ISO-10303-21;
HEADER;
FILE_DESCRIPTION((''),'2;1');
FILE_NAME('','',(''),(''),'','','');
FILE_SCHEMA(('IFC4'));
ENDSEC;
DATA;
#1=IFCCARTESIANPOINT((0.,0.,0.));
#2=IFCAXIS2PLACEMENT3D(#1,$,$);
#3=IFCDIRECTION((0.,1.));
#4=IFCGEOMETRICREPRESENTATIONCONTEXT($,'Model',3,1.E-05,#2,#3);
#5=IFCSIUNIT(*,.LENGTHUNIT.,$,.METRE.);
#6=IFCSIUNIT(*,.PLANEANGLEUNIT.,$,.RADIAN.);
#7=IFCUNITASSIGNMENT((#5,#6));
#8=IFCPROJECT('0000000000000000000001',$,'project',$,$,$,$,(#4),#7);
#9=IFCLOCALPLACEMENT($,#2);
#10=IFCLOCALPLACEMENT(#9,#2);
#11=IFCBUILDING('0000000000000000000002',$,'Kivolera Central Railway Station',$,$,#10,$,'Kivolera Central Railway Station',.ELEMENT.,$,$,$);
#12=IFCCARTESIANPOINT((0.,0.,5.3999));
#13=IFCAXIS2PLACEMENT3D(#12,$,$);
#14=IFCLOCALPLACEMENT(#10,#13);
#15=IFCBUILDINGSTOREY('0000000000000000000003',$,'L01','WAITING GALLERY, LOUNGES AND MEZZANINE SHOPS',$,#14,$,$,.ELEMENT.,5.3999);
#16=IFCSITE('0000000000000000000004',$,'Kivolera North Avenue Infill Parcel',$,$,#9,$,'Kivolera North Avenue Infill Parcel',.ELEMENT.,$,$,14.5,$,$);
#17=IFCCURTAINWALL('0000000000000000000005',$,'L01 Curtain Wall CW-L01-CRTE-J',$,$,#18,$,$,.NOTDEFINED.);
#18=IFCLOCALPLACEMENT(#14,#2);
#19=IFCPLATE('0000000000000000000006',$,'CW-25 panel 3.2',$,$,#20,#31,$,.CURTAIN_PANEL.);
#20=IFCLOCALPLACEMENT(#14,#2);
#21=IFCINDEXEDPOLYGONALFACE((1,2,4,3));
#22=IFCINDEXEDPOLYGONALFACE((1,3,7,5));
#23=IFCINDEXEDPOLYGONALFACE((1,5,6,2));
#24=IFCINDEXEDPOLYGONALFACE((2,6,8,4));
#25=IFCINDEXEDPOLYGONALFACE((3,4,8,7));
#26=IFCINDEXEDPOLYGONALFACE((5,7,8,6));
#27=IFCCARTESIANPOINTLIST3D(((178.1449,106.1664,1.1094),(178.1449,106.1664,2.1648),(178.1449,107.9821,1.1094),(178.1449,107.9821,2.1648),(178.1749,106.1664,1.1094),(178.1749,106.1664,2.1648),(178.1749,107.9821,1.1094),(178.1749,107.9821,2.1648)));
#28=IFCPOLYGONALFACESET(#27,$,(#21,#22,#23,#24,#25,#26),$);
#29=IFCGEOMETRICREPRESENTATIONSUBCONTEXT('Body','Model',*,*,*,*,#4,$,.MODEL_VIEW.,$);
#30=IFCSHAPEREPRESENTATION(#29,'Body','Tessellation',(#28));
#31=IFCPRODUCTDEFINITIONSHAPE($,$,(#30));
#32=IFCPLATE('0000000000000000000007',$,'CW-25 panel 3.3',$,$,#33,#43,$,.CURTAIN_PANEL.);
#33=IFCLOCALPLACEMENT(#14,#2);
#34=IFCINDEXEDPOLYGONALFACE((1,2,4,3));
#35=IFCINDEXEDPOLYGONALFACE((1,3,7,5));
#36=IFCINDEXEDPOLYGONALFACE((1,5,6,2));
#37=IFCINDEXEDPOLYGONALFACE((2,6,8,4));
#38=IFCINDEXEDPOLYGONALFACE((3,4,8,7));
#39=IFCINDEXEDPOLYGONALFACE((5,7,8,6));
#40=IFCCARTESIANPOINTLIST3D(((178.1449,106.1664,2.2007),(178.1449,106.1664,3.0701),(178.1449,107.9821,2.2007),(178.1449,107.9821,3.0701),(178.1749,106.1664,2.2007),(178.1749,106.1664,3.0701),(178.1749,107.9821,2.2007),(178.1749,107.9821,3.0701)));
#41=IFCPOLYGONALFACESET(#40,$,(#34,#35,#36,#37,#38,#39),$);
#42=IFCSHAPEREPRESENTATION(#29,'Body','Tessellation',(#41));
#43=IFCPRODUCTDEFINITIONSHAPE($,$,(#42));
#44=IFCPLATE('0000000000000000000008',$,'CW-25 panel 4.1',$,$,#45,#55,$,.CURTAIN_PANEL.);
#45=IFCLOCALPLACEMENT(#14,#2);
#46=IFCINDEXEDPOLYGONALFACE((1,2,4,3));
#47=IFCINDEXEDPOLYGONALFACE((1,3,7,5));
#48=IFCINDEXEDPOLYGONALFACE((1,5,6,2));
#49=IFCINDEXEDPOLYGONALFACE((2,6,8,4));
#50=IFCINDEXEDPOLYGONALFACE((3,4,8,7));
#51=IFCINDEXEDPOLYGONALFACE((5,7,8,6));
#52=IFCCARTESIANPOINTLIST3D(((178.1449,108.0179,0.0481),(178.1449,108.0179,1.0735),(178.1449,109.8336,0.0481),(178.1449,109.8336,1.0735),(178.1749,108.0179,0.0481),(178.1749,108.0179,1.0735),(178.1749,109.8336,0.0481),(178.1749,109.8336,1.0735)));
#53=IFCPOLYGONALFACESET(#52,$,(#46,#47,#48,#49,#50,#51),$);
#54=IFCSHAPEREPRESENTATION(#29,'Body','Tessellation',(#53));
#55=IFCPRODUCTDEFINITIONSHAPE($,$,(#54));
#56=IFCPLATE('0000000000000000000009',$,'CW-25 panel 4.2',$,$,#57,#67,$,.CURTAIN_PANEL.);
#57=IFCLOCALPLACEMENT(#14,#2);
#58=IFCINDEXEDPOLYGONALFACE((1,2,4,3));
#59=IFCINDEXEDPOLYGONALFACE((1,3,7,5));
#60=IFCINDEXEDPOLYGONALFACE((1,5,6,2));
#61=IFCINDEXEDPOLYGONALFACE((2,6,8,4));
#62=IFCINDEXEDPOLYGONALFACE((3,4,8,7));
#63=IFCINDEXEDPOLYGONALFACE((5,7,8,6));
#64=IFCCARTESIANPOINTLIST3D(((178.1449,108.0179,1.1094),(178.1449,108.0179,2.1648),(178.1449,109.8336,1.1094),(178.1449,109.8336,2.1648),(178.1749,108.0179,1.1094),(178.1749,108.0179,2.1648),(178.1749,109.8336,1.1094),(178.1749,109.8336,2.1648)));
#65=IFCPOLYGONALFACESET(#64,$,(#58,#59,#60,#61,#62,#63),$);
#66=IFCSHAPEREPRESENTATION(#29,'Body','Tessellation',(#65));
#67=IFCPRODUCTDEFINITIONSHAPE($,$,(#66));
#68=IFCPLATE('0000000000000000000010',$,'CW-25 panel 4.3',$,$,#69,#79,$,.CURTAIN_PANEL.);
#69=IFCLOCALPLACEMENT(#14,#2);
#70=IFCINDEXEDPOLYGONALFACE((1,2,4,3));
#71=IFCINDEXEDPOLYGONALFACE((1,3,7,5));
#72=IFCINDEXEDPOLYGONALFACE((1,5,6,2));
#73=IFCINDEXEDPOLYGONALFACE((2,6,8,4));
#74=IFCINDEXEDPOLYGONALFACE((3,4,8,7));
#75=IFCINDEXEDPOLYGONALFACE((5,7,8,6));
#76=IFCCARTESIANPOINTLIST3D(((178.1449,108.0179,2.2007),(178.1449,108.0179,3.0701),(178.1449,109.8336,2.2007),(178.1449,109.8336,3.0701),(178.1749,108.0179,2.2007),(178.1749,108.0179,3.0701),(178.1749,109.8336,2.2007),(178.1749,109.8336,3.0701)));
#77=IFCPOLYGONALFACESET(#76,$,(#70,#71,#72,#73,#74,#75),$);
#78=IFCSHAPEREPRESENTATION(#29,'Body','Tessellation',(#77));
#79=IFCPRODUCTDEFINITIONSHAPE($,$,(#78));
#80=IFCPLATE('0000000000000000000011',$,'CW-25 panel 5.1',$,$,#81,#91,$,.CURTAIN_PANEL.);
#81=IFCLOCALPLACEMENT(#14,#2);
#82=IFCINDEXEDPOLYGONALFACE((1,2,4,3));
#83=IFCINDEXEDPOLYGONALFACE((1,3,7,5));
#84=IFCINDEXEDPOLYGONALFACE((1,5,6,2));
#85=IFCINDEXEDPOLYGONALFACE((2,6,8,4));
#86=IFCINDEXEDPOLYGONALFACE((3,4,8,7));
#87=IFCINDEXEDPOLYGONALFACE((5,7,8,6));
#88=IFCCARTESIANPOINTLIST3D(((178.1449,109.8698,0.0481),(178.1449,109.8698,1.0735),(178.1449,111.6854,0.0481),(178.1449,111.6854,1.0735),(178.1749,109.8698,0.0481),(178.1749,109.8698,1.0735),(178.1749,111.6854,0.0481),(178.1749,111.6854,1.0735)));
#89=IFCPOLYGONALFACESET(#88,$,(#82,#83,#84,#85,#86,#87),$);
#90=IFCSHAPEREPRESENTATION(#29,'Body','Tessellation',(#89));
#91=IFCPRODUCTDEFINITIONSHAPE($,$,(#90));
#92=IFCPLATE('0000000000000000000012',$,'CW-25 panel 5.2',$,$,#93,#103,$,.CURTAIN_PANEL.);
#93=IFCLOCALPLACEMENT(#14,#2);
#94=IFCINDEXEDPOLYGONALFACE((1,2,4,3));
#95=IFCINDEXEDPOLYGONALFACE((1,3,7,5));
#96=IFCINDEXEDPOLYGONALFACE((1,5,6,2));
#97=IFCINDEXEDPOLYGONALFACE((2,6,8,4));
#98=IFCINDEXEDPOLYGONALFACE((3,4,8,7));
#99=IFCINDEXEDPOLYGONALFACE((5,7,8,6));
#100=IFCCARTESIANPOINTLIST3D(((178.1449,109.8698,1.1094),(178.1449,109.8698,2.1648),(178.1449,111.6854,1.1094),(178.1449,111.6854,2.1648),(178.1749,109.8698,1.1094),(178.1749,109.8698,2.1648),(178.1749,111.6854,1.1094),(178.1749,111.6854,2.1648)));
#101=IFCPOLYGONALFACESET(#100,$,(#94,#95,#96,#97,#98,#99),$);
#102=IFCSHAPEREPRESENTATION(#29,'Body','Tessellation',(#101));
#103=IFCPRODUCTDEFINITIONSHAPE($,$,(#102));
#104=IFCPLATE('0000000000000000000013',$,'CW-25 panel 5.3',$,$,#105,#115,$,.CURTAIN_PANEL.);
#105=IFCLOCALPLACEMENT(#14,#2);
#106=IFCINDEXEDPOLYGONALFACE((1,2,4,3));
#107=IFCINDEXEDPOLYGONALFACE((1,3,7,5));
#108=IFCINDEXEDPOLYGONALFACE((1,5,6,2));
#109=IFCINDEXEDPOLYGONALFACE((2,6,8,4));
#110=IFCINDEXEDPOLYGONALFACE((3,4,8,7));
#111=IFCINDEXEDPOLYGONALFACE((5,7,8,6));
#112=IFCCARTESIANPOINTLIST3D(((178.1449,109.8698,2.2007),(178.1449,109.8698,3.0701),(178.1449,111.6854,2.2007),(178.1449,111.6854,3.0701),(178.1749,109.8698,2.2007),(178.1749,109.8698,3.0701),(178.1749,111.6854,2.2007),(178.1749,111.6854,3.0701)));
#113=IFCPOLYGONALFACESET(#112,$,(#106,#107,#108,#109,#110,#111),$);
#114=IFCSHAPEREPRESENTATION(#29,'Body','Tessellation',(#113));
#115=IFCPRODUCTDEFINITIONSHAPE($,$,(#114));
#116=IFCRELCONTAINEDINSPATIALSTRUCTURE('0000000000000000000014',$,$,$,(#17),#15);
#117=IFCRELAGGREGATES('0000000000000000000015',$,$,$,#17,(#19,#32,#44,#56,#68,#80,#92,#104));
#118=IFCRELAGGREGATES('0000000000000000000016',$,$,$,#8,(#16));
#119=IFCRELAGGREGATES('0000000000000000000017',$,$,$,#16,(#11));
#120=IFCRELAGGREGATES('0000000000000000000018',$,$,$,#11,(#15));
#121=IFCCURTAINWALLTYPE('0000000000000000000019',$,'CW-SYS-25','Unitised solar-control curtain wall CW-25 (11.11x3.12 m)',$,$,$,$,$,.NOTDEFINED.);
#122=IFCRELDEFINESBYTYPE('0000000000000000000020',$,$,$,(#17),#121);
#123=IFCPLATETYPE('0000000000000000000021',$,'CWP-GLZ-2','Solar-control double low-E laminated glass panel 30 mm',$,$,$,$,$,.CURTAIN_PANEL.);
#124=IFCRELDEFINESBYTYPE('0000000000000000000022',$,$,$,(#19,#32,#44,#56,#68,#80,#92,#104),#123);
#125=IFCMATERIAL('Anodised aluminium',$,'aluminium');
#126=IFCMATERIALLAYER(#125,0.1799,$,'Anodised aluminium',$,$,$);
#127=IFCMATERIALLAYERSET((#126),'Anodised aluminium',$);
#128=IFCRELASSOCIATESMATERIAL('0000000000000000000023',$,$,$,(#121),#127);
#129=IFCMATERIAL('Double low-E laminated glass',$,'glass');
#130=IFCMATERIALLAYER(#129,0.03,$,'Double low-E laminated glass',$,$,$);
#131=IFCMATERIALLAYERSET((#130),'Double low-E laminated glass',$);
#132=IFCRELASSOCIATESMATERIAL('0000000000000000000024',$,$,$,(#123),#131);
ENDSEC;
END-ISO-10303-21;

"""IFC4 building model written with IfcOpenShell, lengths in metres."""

from ifc_helpers import new_model, si_unit, direction, frame, origin, origin_2d, place, context, subcontext, project, spatial, rectangle, extrude, material, layer, layer_set, type_object, element, aggregate, save


model = new_model("IFC4")

# Units and contexts
model_context = context("Model", 3, precision=1e-05, world=origin(), true_north=direction((0.0, 1.0)))
body_context = subcontext(model_context, "Body", "Model", "MODEL_VIEW")
ifc_project = project(units=[si_unit("LENGTHUNIT", "METRE"), si_unit("PLANEANGLEUNIT", "RADIAN")], contexts=[model_context])

# Site, building, storey
site_placement = place(None, origin())
site = spatial("IfcSite", under=ifc_project, at=site_placement, Name="Kivolera North Avenue Infill Parcel", LongName="Kivolera North Avenue Infill Parcel", CompositionType="ELEMENT", RefElevation=14.5)
building_placement = place(site_placement, origin())
building = spatial("IfcBuilding", under=site, at=building_placement, Name="Kivolera Central Railway Station", LongName="Kivolera Central Railway Station", CompositionType="ELEMENT")
storey_placement = place(building_placement, frame((0.0, 0.0, 5.3999)))
storey = spatial("IfcBuildingStorey", under=building, at=storey_placement, Name="L01", Description="WAITING GALLERY, LOUNGES AND MEZZANINE SHOPS", CompositionType="ELEMENT", Elevation=5.3999)

# Curtain wall, plates
ifc_material_1 = material(Name="Anodised aluminium", Category="aluminium")
ifc_layer_1 = layer(ifc_material_1, 0.1799, Name="Anodised aluminium")
ifc_layer_set_1 = layer_set([ifc_layer_1], Name="Anodised aluminium")
curtain_wall_type = type_object("IfcCurtainWallType", Name="CW-SYS-25", Description="Unitised solar-control curtain wall CW-25 (11.11x3.12 m)", PredefinedType="NOTDEFINED", material=ifc_layer_set_1)
curtain_wall_placement = place(storey_placement, origin())
curtain_wall = element("IfcCurtainWall", 1, at=curtain_wall_placement, inside=storey, type_object=curtain_wall_type, Name="L01 Curtain Wall CW-L01-CRTE-J", PredefinedType="NOTDEFINED")
ifc_material_2 = material(Name="Double low-E laminated glass", Category="glass")
ifc_layer_2 = layer(ifc_material_2, 0.03, Name="Double low-E laminated glass")
ifc_layer_set_2 = layer_set([ifc_layer_2], Name="Double low-E laminated glass")
plate_type = type_object("IfcPlateType", Name="CWP-GLZ-2", Description="Solar-control double low-E laminated glass panel 30 mm", PredefinedType="CURTAIN_PANEL", material=ifc_layer_set_2)
plate_1_placement = place(storey_placement, frame((178.1599, 107.0742, 1.1094), z_axis=(0.0, 0.0, 1.0), x_axis=(0.0, 1.0, 0.0)))
plate_1 = element("IfcPlate", 2, at=plate_1_placement, type_object=plate_type, Name="CW-25 panel 3.2", PredefinedType="CURTAIN_PANEL", context=body_context, shape_type="SweptSolid", body=[
    extrude(rectangle(XDim=1.8157, YDim=0.03, at=origin_2d()), origin(), (0.0, 0.0, 1.0), 1.0554),
])
plate_2_placement = place(storey_placement, frame((178.1599, 107.0742, 2.2007), z_axis=(0.0, 0.0, 1.0), x_axis=(0.0, 1.0, 0.0)))
plate_2 = element("IfcPlate", 3, at=plate_2_placement, type_object=plate_type, Name="CW-25 panel 3.3", PredefinedType="CURTAIN_PANEL", context=body_context, shape_type="SweptSolid", body=[
    extrude(rectangle(XDim=1.8157, YDim=0.03, at=origin_2d()), origin(), (0.0, 0.0, 1.0), 0.8694),
])
plate_3_placement = place(storey_placement, frame((178.1599, 108.9258, 0.0481), z_axis=(0.0, 0.0, 1.0), x_axis=(0.0, 1.0, 0.0)))
plate_3 = element("IfcPlate", 4, at=plate_3_placement, type_object=plate_type, Name="CW-25 panel 4.1", PredefinedType="CURTAIN_PANEL", context=body_context, shape_type="SweptSolid", body=[
    extrude(rectangle(XDim=1.8157, YDim=0.03, at=origin_2d()), origin(), (0.0, 0.0, 1.0), 1.0254),
])
plate_4_placement = place(storey_placement, frame((178.1599, 108.9258, 1.1094), z_axis=(0.0, 0.0, 1.0), x_axis=(0.0, 1.0, 0.0)))
plate_4 = element("IfcPlate", 5, at=plate_4_placement, type_object=plate_type, Name="CW-25 panel 4.2", PredefinedType="CURTAIN_PANEL", context=body_context, shape_type="SweptSolid", body=[
    extrude(rectangle(XDim=1.8157, YDim=0.03, at=origin_2d()), origin(), (0.0, 0.0, 1.0), 1.0554),
])
plate_5_placement = place(storey_placement, frame((178.1599, 108.9258, 2.2007), z_axis=(0.0, 0.0, 1.0), x_axis=(0.0, 1.0, 0.0)))
plate_5 = element("IfcPlate", 6, at=plate_5_placement, type_object=plate_type, Name="CW-25 panel 4.3", PredefinedType="CURTAIN_PANEL", context=body_context, shape_type="SweptSolid", body=[
    extrude(rectangle(XDim=1.8157, YDim=0.03, at=origin_2d()), origin(), (0.0, 0.0, 1.0), 0.8694),
])
plate_6_placement = place(storey_placement, frame((178.1599, 110.7776, 0.0481), z_axis=(0.0, 0.0, 1.0), x_axis=(0.0, 1.0, 0.0)))
plate_6 = element("IfcPlate", 7, at=plate_6_placement, type_object=plate_type, Name="CW-25 panel 5.1", PredefinedType="CURTAIN_PANEL", context=body_context, shape_type="SweptSolid", body=[
    extrude(rectangle(XDim=1.8157, YDim=0.03, at=origin_2d()), origin(), (0.0, 0.0, 1.0), 1.0254),
])
plate_7_placement = place(storey_placement, frame((178.1599, 110.7776, 1.1094), z_axis=(0.0, 0.0, 1.0), x_axis=(0.0, 1.0, 0.0)))
plate_7 = element("IfcPlate", 8, at=plate_7_placement, type_object=plate_type, Name="CW-25 panel 5.2", PredefinedType="CURTAIN_PANEL", context=body_context, shape_type="SweptSolid", body=[
    extrude(rectangle(XDim=1.8157, YDim=0.03, at=origin_2d()), origin(), (0.0, 0.0, 1.0), 1.0554),
])
plate_8_placement = place(storey_placement, frame((178.1599, 110.7776, 2.2007), z_axis=(0.0, 0.0, 1.0), x_axis=(0.0, 1.0, 0.0)))
plate_8 = element("IfcPlate", 9, at=plate_8_placement, type_object=plate_type, Name="CW-25 panel 5.3", PredefinedType="CURTAIN_PANEL", context=body_context, shape_type="SweptSolid", body=[
    extrude(rectangle(XDim=1.8157, YDim=0.03, at=origin_2d()), origin(), (0.0, 0.0, 1.0), 0.8694),
])
aggregate(curtain_wall, [plate_1, plate_2, plate_3, plate_4, plate_5, plate_6, plate_7, plate_8])

save(model, "model.ifc")
